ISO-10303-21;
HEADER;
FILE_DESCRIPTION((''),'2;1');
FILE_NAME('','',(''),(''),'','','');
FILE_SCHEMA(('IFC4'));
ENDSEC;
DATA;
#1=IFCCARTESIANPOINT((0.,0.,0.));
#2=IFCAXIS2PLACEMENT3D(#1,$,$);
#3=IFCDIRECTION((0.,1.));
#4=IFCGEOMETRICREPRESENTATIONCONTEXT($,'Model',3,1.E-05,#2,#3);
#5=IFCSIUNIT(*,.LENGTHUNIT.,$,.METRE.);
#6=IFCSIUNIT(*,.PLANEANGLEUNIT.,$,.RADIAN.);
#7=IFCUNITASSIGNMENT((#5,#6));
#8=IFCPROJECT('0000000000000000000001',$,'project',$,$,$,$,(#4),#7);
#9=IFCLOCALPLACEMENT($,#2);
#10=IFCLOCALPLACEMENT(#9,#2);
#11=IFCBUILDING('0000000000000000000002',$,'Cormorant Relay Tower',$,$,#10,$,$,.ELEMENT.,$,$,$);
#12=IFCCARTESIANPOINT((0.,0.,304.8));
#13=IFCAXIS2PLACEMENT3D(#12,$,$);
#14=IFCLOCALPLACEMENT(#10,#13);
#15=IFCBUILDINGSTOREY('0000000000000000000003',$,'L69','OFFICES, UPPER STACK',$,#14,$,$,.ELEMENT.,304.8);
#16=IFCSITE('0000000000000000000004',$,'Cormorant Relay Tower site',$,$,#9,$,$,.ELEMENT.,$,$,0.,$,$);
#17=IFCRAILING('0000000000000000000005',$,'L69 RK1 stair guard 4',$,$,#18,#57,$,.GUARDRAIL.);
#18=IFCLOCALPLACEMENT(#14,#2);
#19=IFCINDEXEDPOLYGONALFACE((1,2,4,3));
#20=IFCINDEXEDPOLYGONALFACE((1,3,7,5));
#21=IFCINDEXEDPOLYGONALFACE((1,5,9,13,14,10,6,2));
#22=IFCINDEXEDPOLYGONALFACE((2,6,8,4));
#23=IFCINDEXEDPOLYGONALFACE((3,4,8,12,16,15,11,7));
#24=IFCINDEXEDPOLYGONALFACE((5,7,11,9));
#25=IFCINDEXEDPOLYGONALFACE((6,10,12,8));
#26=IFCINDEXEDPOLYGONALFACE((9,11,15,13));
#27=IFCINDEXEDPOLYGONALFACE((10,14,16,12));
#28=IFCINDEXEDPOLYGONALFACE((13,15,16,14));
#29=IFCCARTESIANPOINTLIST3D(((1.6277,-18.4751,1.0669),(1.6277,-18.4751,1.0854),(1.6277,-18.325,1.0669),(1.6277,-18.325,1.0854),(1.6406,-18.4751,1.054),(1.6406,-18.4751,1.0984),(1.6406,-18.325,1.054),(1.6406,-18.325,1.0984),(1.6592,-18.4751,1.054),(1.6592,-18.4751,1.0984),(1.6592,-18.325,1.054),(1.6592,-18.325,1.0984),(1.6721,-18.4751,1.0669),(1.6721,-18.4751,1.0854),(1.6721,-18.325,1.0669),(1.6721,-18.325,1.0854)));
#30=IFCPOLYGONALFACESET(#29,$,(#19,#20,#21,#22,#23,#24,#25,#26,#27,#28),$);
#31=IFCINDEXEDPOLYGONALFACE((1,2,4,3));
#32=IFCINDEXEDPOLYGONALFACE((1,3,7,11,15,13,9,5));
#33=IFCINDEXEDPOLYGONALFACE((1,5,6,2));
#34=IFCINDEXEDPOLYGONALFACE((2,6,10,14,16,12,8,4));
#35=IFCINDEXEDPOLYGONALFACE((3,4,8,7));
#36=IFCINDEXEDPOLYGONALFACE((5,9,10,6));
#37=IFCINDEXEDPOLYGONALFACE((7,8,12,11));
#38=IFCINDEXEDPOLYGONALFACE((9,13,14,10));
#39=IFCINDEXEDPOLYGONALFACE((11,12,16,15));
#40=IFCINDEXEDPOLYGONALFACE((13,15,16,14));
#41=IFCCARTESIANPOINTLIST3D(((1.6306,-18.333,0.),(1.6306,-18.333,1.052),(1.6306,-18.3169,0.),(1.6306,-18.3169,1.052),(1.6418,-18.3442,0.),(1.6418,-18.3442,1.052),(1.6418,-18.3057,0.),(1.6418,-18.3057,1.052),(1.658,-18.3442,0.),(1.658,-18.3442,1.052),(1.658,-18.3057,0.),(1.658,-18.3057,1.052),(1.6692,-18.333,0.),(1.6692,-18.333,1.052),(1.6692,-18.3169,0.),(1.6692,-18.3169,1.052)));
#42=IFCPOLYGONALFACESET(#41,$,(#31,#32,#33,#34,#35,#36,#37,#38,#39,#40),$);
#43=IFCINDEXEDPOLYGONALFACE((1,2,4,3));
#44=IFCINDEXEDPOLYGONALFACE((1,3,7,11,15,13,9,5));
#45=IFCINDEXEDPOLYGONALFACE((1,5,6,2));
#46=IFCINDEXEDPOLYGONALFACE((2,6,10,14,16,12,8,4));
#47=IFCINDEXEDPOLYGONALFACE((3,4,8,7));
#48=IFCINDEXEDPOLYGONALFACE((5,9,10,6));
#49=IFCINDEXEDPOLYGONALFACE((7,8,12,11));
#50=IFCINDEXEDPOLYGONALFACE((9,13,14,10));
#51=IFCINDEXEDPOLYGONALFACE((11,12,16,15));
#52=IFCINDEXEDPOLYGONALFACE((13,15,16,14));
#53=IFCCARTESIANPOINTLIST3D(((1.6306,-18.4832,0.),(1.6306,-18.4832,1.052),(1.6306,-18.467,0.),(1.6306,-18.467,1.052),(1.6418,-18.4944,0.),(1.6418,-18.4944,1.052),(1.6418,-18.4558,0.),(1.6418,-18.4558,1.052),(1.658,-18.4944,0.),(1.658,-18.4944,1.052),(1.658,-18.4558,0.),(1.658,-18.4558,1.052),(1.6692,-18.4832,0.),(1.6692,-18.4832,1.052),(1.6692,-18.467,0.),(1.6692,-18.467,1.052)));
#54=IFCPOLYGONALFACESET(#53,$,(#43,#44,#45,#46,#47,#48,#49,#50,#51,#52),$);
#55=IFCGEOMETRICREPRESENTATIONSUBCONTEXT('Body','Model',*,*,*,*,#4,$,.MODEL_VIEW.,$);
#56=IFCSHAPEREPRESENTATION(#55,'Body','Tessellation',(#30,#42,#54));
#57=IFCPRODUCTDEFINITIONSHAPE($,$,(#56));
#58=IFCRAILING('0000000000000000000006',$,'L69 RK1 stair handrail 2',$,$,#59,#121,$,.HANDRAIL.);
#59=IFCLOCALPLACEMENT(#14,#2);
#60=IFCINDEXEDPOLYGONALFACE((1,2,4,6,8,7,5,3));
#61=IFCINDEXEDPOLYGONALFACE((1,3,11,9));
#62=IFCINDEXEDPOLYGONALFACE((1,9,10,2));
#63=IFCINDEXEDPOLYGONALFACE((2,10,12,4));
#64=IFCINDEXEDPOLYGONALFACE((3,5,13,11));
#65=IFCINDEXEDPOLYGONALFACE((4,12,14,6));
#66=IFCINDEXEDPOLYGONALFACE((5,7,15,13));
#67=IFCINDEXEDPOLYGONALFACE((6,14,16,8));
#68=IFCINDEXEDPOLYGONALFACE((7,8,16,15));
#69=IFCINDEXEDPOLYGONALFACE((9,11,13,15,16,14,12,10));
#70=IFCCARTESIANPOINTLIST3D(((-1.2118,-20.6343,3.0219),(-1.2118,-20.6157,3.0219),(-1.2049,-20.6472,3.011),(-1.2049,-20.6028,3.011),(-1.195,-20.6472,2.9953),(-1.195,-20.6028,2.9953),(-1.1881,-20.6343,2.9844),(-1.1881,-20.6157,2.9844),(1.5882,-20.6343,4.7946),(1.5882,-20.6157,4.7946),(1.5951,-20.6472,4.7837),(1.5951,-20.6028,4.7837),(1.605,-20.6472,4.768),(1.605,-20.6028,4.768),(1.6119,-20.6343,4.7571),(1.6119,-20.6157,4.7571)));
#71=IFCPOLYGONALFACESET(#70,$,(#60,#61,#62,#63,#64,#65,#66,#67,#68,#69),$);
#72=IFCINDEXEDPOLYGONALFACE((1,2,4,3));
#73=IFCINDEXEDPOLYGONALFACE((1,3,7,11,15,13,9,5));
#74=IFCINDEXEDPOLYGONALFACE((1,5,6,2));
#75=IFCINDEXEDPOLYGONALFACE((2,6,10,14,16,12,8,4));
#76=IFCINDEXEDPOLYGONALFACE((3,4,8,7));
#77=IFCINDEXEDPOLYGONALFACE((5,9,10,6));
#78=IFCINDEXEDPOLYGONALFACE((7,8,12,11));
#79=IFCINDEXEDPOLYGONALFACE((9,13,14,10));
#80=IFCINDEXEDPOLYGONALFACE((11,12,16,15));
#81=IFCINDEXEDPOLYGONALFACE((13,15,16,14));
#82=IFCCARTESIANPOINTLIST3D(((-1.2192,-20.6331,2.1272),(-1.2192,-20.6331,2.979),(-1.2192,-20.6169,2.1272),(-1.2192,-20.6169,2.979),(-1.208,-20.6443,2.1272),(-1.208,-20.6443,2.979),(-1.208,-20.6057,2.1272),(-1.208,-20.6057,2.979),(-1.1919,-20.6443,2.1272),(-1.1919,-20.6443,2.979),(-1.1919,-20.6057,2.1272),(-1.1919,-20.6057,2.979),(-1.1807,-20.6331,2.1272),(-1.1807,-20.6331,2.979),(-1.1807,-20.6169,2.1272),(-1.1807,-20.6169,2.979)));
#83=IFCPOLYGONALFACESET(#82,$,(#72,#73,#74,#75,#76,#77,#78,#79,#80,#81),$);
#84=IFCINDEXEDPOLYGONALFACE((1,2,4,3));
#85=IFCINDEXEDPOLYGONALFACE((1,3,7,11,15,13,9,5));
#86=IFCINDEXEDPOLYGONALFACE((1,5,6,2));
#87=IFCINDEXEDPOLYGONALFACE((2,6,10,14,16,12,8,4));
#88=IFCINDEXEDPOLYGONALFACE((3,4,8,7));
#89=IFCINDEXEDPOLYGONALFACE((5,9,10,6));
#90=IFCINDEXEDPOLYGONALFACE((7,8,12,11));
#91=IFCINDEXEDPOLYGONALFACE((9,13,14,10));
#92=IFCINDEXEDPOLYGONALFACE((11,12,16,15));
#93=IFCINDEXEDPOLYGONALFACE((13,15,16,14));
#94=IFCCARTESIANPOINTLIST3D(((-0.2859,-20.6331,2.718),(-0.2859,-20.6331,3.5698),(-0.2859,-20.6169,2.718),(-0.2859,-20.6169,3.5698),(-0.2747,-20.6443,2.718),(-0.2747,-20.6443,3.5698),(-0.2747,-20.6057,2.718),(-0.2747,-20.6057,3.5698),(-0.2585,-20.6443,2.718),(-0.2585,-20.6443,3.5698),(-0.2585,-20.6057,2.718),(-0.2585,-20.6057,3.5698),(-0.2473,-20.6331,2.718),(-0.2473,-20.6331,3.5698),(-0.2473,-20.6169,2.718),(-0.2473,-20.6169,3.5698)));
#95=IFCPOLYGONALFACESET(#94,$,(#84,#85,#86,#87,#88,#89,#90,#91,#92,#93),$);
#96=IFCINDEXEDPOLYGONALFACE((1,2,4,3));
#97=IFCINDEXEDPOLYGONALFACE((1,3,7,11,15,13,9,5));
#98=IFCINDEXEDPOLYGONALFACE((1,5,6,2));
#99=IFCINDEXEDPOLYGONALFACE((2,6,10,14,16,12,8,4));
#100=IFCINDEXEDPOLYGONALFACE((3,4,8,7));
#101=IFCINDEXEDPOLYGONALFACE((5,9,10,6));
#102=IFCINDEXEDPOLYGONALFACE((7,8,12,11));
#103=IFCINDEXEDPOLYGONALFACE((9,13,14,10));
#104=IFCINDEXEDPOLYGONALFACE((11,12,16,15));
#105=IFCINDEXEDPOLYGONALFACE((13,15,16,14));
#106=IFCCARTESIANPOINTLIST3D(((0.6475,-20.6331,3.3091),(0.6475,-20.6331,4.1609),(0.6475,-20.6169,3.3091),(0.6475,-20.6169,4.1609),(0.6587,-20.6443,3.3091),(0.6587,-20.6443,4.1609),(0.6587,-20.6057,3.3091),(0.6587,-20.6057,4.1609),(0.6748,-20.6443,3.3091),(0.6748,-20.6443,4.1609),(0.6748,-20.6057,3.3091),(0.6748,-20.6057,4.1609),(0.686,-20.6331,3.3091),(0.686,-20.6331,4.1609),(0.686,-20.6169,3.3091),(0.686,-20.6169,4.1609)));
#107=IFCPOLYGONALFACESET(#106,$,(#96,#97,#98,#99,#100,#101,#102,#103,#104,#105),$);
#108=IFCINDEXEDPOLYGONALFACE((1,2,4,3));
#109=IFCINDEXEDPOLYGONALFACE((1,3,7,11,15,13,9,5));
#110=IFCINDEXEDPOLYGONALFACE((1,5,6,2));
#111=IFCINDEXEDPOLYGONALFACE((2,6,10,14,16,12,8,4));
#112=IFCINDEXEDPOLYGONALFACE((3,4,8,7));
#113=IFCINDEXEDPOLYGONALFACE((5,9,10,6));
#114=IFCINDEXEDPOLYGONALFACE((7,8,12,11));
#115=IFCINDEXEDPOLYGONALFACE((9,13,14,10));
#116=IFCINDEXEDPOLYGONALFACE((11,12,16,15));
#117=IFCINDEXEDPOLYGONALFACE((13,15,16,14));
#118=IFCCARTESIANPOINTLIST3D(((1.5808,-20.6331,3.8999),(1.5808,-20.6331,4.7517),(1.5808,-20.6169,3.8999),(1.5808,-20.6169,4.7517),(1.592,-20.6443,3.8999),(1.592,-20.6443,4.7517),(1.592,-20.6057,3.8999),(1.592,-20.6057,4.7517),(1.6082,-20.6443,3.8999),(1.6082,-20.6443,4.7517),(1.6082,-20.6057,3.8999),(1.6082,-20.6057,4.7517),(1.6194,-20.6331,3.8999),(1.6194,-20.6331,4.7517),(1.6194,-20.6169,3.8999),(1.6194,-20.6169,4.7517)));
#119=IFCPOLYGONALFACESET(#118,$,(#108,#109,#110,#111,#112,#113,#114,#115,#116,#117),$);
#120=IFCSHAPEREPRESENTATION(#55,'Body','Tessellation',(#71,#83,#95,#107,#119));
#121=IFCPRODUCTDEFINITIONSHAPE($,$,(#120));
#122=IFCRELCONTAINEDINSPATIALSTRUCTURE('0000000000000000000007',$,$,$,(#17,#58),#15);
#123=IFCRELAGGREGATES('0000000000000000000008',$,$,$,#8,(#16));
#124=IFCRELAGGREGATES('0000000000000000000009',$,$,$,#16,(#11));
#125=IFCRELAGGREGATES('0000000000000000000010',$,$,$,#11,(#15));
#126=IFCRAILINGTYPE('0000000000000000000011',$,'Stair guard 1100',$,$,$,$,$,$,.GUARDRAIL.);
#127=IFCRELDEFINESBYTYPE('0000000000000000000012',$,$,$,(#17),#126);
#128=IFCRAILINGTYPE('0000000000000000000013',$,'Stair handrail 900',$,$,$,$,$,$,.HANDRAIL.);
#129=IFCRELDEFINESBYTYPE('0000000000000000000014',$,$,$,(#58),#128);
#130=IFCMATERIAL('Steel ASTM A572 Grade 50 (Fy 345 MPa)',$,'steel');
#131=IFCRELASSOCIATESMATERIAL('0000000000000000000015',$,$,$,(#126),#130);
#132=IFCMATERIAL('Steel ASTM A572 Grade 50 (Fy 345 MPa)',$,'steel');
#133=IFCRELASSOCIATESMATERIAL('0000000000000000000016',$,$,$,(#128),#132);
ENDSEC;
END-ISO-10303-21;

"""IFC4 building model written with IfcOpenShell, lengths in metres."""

from ifc_helpers import new_model, si_unit, direction, frame, origin, place, context, subcontext, project, spatial, polyline, outline, extrude, material, type_object, element, save


model = new_model("IFC4")

# Units and contexts
model_context = context("Model", 3, precision=1e-05, world=origin(), true_north=direction((0.0, 1.0)))
body_context = subcontext(model_context, "Body", "Model", "MODEL_VIEW")
ifc_project = project(units=[si_unit("LENGTHUNIT", "METRE"), si_unit("PLANEANGLEUNIT", "RADIAN")], contexts=[model_context])

# Site, building, storey
site_placement = place(None, origin())
site = spatial("IfcSite", under=ifc_project, at=site_placement, Name="Cormorant Relay Tower site", CompositionType="ELEMENT", RefElevation=0.0)
building_placement = place(site_placement, origin())
building = spatial("IfcBuilding", under=site, at=building_placement, Name="Cormorant Relay Tower", CompositionType="ELEMENT")
storey_placement = place(building_placement, frame((0.0, 0.0, 304.8)))
storey = spatial("IfcBuildingStorey", under=building, at=storey_placement, Name="L69", Description="OFFICES, UPPER STACK", CompositionType="ELEMENT", Elevation=304.8)

# Railings
ifc_material_1 = material(Name="Steel ASTM A572 Grade 50 (Fy 345 MPa)", Category="steel")
railing_type_1 = type_object("IfcRailingType", Name="Stair guard 1100", PredefinedType="GUARDRAIL", material=ifc_material_1)
railing_1_placement = place(storey_placement, frame((1.6499, -18.325, 0.0)))
element("IfcRailing", 1, at=railing_1_placement, inside=storey, type_object=railing_type_1, Name="L69 RK1 stair guard 4", PredefinedType="GUARDRAIL", context=body_context, shape_type="SweptSolid", body=[
    extrude(outline(polyline([(0.0222, 0.0093), (0.0093, 0.0222), (-0.0093, 0.0222), (-0.0222, 0.0093), (-0.0222, -0.0093), (-0.0093, -0.0222), (0.0093, -0.0222), (0.0222, -0.0093), (0.0222, 0.0093)])), frame((0.0, 0.0, 1.0762), z_axis=(0.0, -1.0, 0.0), x_axis=(1.0, 0.0, 0.0)), (0.0, 0.0, 1.0), 0.1501),
    extrude(outline(polyline([(0.0193, 0.0081), (0.0081, 0.0193), (-0.0081, 0.0193), (-0.0193, 0.0081), (-0.0193, -0.0081), (-0.0081, -0.0193), (0.0081, -0.0193), (0.0193, -0.0081), (0.0193, 0.0081)])), origin(), (0.0, 0.0, 1.0), 1.052),
    extrude(outline(polyline([(0.0193, 0.0081), (0.0081, 0.0193), (-0.0081, 0.0193), (-0.0193, 0.0081), (-0.0193, -0.0081), (-0.0081, -0.0193), (0.0081, -0.0193), (0.0193, -0.0081), (0.0193, 0.0081)])), frame((0.0, -0.1501, 0.0)), (0.0, 0.0, 1.0), 1.052),
])
ifc_material_2 = material(Name="Steel ASTM A572 Grade 50 (Fy 345 MPa)", Category="steel")
railing_type_2 = type_object("IfcRailingType", Name="Stair handrail 900", PredefinedType="HANDRAIL", material=ifc_material_2)
railing_2_placement = place(storey_placement, frame((-1.2, -20.625, 2.1272)))
element("IfcRailing", 2, at=railing_2_placement, inside=storey, type_object=railing_type_2, Name="L69 RK1 stair handrail 2", PredefinedType="HANDRAIL", context=body_context, shape_type="SweptSolid", body=[
    extrude(outline(polyline([(0.0222, 0.0093), (0.0093, 0.0222), (-0.0093, 0.0222), (-0.0222, 0.0093), (-0.0222, -0.0093), (-0.0093, -0.0222), (0.0093, -0.0222), (0.0222, -0.0093), (0.0222, 0.0093)])), frame((0.0, 0.0, 0.876), z_axis=(0.844909, 0.0, 0.53491), x_axis=(0.0, 1.0, 0.0)), (0.0, 0.0, 1.0), 3.314),
    extrude(outline(polyline([(0.0193, 0.0081), (0.0081, 0.0193), (-0.0081, 0.0193), (-0.0193, 0.0081), (-0.0193, -0.0081), (-0.0081, -0.0193), (0.0081, -0.0193), (0.0193, -0.0081), (0.0193, 0.0081)])), origin(), (0.0, 0.0, 1.0), 0.8518),
    extrude(outline(polyline([(0.0193, 0.0081), (0.0081, 0.0193), (-0.0081, 0.0193), (-0.0193, 0.0081), (-0.0193, -0.0081), (-0.0081, -0.0193), (0.0081, -0.0193), (0.0193, -0.0081), (0.0193, 0.0081)])), frame((0.9333, 0.0, 0.5908)), (0.0, 0.0, 1.0), 0.8518),
    extrude(outline(polyline([(0.0193, 0.0081), (0.0081, 0.0193), (-0.0081, 0.0193), (-0.0193, 0.0081), (-0.0193, -0.0081), (-0.0081, -0.0193), (0.0081, -0.0193), (0.0193, -0.0081), (0.0193, 0.0081)])), frame((1.8667, 0.0, 1.1819)), (0.0, 0.0, 1.0), 0.8518),
    extrude(outline(polyline([(0.0193, 0.0081), (0.0081, 0.0193), (-0.0081, 0.0193), (-0.0193, 0.0081), (-0.0193, -0.0081), (-0.0081, -0.0193), (0.0081, -0.0193), (0.0193, -0.0081), (0.0193, 0.0081)])), frame((2.8, 0.0, 1.7727)), (0.0, 0.0, 1.0), 0.8518),
])

save(model, "model.ifc")
